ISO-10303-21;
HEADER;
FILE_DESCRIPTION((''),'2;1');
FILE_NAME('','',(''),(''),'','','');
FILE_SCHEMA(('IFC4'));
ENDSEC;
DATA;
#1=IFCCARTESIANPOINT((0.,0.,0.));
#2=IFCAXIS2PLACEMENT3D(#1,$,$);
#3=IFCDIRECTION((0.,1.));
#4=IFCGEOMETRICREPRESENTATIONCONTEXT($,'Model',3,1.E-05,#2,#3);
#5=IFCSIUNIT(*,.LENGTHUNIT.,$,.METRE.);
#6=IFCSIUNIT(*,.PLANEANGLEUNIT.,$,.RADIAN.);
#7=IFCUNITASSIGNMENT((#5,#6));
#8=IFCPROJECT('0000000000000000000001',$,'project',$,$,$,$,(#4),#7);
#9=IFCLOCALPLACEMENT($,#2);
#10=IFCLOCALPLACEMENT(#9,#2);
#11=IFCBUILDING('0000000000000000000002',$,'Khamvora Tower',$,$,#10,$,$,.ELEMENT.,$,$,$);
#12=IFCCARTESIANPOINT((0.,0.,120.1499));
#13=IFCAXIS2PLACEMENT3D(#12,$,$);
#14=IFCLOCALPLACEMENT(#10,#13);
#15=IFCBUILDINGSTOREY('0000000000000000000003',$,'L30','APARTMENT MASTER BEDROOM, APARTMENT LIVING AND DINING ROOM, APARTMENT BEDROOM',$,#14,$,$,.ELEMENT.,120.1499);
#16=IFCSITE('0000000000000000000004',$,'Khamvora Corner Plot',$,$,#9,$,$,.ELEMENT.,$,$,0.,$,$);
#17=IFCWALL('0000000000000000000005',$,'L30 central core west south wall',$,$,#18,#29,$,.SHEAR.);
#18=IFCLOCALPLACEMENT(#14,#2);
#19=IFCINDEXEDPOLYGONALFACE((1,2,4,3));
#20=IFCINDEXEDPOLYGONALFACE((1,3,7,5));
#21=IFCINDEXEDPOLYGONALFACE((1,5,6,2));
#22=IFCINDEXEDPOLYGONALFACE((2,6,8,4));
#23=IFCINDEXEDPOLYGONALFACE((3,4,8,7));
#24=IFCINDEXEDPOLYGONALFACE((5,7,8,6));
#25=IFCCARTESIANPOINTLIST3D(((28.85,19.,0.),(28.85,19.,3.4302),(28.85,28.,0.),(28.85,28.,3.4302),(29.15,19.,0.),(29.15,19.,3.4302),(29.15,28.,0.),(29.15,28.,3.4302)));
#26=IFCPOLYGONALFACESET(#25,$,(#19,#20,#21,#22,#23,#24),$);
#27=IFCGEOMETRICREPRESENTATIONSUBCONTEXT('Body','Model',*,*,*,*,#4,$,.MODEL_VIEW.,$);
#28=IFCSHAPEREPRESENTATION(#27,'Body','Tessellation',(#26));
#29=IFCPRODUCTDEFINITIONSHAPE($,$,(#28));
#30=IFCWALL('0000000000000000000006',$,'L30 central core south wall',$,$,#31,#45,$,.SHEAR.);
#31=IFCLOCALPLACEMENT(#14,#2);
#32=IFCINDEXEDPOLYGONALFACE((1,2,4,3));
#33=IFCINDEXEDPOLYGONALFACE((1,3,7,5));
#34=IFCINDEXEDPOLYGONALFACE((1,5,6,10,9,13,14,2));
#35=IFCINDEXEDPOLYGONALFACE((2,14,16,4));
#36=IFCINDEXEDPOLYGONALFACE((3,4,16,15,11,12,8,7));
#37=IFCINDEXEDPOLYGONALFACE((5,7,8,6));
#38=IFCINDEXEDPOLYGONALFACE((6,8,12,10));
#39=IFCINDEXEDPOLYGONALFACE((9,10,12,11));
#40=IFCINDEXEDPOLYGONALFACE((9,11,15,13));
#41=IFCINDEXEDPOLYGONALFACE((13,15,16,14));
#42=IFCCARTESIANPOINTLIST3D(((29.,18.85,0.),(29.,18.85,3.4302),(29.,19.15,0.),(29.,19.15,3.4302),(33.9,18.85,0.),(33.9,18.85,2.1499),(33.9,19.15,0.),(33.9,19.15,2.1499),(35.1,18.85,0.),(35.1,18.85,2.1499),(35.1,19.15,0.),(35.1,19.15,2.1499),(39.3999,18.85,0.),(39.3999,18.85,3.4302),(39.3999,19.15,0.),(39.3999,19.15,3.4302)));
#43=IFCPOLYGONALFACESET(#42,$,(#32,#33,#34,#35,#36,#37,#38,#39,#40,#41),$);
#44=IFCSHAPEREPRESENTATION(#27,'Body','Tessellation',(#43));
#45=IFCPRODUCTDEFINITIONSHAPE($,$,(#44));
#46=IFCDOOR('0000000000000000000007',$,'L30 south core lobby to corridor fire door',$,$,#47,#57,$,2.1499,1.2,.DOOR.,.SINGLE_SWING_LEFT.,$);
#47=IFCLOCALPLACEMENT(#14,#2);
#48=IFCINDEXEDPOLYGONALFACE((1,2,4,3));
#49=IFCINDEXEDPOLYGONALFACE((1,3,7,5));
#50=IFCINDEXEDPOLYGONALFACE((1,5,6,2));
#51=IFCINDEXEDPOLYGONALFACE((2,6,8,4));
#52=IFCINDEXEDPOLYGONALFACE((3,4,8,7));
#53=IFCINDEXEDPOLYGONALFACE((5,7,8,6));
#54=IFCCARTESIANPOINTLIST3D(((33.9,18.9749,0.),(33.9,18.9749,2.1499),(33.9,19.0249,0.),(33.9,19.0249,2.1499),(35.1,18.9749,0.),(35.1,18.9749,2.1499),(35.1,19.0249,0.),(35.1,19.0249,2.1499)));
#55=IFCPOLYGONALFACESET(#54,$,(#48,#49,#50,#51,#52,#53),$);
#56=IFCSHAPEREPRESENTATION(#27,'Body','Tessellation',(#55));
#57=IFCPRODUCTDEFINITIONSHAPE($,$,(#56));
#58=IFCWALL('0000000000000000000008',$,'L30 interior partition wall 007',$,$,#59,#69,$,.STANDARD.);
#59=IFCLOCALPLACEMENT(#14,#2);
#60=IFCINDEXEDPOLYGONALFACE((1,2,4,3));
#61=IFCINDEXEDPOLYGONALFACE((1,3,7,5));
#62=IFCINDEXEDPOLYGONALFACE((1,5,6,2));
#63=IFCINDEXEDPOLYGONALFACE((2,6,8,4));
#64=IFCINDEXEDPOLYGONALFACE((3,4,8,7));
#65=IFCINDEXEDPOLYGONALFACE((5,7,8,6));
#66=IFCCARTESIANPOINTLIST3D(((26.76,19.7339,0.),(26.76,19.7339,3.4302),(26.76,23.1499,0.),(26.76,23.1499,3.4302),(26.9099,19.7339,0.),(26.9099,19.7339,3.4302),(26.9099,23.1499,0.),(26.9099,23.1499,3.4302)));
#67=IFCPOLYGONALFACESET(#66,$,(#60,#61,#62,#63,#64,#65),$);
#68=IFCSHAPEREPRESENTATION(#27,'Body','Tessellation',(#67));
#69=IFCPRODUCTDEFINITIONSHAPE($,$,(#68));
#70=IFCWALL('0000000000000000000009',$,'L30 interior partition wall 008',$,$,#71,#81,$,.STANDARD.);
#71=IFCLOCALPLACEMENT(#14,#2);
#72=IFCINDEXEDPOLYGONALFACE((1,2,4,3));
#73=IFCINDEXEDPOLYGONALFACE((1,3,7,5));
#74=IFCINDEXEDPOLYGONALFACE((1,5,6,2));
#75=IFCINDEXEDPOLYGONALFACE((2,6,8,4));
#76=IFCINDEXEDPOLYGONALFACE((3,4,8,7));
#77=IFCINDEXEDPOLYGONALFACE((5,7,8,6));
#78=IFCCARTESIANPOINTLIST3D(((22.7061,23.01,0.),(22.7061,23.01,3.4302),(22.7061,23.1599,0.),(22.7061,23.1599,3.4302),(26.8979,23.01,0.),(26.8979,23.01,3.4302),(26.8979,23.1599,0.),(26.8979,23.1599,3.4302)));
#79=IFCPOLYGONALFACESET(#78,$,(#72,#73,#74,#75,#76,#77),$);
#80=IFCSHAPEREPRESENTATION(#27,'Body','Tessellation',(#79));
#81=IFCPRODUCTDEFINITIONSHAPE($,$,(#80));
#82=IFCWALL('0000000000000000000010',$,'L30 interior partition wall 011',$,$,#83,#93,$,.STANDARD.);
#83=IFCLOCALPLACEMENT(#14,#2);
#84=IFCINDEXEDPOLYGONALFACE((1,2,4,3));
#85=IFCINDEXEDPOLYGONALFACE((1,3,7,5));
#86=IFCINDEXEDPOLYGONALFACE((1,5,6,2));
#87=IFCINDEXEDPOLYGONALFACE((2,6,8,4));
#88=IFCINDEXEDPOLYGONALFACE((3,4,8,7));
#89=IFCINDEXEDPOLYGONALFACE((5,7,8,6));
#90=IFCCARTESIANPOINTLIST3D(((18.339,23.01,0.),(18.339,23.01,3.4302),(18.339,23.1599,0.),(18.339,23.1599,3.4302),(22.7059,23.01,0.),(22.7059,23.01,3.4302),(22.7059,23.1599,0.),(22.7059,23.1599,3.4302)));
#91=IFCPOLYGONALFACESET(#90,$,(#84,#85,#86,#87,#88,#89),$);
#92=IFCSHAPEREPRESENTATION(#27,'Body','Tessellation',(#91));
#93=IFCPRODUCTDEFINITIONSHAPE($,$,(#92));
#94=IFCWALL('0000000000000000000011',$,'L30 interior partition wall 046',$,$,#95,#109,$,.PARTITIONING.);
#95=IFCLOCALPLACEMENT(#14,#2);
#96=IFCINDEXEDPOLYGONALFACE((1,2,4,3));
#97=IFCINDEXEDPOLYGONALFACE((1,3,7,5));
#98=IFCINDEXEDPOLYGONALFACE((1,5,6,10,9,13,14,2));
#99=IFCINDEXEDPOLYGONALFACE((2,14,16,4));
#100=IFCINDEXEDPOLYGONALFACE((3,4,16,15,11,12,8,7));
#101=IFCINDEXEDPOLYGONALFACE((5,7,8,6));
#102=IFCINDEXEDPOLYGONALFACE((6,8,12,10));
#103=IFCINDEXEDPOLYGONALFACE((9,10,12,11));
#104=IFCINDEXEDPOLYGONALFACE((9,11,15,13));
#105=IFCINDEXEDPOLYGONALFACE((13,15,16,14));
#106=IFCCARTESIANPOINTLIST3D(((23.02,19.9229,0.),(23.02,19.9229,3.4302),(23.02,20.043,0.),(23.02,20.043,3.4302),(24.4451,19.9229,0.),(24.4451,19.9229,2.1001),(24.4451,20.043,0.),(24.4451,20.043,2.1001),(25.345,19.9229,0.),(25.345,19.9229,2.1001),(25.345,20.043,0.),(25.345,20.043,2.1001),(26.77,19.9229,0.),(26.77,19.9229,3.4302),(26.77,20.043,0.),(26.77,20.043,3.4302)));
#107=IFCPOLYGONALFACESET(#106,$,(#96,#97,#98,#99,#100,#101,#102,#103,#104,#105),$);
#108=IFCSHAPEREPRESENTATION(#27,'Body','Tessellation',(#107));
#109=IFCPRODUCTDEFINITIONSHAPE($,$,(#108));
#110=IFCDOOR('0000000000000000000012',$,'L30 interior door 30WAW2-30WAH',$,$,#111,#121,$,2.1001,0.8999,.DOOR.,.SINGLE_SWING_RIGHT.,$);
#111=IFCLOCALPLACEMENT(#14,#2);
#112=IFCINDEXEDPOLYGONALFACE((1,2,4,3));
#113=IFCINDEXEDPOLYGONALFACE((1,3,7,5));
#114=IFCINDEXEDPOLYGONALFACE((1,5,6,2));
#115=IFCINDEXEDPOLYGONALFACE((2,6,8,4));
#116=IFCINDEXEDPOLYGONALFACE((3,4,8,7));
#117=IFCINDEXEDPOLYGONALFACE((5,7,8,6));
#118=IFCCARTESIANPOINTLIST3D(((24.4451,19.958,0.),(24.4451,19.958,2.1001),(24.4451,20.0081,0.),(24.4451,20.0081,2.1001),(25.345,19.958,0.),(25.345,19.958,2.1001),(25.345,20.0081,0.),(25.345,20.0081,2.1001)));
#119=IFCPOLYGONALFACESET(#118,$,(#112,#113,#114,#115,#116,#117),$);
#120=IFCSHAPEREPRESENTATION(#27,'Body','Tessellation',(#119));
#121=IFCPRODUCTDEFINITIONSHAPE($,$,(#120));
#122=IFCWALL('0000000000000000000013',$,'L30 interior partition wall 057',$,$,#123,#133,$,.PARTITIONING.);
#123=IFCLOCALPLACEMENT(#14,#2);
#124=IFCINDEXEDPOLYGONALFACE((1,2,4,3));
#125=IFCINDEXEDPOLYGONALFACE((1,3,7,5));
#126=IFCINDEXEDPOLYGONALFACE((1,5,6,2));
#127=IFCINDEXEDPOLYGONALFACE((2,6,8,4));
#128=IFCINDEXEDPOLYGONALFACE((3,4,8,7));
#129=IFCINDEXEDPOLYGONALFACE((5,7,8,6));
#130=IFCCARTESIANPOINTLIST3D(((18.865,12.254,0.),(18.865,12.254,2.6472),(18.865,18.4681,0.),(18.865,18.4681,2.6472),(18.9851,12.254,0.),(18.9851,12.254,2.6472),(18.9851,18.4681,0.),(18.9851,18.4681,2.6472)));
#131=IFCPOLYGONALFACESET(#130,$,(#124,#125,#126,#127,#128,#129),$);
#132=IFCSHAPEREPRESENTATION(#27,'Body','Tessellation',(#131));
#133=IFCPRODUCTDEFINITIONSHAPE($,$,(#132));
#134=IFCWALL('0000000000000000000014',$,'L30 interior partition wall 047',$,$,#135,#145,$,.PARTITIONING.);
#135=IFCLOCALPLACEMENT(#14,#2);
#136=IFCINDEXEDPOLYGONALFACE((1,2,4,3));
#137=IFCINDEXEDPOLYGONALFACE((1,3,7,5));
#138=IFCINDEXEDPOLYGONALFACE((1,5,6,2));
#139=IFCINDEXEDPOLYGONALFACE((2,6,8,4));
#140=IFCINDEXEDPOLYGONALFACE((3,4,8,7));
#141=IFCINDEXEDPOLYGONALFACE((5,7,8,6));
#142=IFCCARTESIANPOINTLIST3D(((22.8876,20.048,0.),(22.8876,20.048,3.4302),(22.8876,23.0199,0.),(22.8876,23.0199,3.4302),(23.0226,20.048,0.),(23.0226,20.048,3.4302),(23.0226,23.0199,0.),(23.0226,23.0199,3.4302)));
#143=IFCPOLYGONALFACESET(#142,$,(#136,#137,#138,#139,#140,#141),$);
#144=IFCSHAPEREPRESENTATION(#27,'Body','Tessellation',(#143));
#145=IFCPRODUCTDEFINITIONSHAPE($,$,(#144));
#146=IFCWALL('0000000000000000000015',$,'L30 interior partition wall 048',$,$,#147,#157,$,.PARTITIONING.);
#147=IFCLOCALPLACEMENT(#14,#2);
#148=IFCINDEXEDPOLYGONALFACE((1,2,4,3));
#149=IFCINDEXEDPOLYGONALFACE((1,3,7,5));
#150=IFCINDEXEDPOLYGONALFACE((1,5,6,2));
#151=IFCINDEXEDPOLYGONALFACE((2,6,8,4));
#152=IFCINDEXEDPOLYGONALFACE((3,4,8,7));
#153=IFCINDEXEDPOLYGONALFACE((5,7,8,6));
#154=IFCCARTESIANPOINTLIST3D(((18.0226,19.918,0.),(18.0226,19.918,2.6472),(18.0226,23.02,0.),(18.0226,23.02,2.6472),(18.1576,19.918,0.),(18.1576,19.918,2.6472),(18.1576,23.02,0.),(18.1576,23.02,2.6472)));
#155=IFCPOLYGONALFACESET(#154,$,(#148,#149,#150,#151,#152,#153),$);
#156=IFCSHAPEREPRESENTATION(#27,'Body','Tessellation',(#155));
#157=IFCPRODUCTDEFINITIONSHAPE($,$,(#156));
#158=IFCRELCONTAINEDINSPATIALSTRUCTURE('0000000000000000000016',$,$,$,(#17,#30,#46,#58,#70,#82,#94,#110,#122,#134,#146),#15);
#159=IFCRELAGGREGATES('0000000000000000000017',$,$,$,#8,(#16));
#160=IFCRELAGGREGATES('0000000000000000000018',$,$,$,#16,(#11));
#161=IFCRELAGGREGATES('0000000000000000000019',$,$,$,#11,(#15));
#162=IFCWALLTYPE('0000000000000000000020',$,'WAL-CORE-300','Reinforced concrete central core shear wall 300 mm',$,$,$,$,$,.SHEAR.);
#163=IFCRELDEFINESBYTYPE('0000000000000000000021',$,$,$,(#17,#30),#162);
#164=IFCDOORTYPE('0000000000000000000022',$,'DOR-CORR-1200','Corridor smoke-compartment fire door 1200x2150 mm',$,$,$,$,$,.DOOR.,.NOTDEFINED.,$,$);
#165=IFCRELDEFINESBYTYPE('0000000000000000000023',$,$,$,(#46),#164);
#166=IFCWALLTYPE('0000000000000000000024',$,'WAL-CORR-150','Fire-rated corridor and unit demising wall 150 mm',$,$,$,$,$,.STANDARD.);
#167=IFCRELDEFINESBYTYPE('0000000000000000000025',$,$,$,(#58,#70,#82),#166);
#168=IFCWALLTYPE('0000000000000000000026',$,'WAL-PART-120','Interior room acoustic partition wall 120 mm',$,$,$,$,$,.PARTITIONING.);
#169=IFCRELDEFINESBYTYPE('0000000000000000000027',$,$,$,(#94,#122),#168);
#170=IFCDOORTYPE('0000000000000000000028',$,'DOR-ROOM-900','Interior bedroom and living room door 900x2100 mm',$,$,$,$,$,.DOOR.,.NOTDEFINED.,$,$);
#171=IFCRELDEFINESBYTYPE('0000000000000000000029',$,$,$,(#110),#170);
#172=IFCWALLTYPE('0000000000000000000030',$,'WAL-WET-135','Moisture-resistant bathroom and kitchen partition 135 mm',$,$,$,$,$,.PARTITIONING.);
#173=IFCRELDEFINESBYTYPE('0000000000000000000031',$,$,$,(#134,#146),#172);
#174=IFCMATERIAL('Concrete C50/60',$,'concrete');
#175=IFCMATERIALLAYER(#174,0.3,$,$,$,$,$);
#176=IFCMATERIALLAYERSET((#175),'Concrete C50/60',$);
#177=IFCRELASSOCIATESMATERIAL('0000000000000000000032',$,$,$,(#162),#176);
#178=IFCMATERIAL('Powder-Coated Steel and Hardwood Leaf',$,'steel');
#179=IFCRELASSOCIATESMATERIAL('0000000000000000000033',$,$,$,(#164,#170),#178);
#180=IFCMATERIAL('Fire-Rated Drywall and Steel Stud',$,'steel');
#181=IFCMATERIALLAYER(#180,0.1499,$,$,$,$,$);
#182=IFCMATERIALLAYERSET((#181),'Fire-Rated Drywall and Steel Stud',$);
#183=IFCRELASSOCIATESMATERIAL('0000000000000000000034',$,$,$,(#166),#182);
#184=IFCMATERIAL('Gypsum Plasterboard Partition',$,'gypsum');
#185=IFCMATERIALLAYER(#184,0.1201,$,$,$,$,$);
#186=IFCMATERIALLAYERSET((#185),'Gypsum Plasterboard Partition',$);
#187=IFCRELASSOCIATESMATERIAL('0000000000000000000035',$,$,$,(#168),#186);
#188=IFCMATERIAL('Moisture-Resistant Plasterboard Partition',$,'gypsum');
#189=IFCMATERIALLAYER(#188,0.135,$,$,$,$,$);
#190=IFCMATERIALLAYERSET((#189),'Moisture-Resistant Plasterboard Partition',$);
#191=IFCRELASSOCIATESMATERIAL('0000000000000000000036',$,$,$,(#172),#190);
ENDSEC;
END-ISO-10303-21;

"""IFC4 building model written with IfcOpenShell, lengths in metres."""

from ifc_helpers import new_model, si_unit, direction, frame, frame_2d, origin, place, context, subcontext, project, spatial, rectangle, extrude, material, layer, layer_set, type_object, element, fill, save


model = new_model("IFC4")

# Units and contexts
model_context = context("Model", 3, precision=1e-05, world=origin(), true_north=direction((0.0, 1.0)))
body_context = subcontext(model_context, "Body", "Model", "MODEL_VIEW")
ifc_project = project(units=[si_unit("LENGTHUNIT", "METRE"), si_unit("PLANEANGLEUNIT", "RADIAN")], contexts=[model_context])

# Site, building, storey
site_placement = place(None, origin())
site = spatial("IfcSite", under=ifc_project, at=site_placement, Name="Khamvora Corner Plot", CompositionType="ELEMENT", RefElevation=0.0)
building_placement = place(site_placement, origin())
building = spatial("IfcBuilding", under=site, at=building_placement, Name="Khamvora Tower", CompositionType="ELEMENT")
storey_placement = place(building_placement, frame((0.0, 0.0, 120.1499)))
storey = spatial("IfcBuildingStorey", under=building, at=storey_placement, Name="L30", Description="APARTMENT MASTER BEDROOM, APARTMENT LIVING AND DINING ROOM, APARTMENT BEDROOM", CompositionType="ELEMENT", Elevation=120.1499)

# Wall
ifc_material_1 = material(Name="Concrete C50/60", Category="concrete")
ifc_layer_1 = layer(ifc_material_1, 0.3)
ifc_layer_set_1 = layer_set([ifc_layer_1], Name="Concrete C50/60")
wall_type_1 = type_object("IfcWallType", Name="WAL-CORE-300", Description="Reinforced concrete central core shear wall 300 mm", PredefinedType="SHEAR", material=ifc_layer_set_1)
wall_1_placement = place(storey_placement, frame((29.0, 19.0, 0.0), z_axis=(0.0, 0.0, 1.0), x_axis=(0.0, 1.0, 0.0)))
element("IfcWall", 1, at=wall_1_placement, inside=storey, type_object=wall_type_1, Name="L30 central core west south wall", PredefinedType="SHEAR", context=body_context, shape_type="SweptSolid", body=[
    extrude(rectangle(XDim=9.0, YDim=0.3, at=frame_2d((4.5, 0.0))), origin(), (0.0, 0.0, 1.0), 3.4302),
])

# Wall, opening, door
wall_2_placement = place(storey_placement, frame((29.0, 19.0, 0.0), z_axis=(0.0, 0.0, 1.0), x_axis=(1.0, 0.0, 0.0)))
wall_2 = element("IfcWall", 2, at=wall_2_placement, inside=storey, type_object=wall_type_1, Name="L30 central core south wall", PredefinedType="SHEAR", context=body_context, shape_type="SweptSolid", body=[
    extrude(rectangle(XDim=10.3999, YDim=0.3, at=frame_2d((5.2, 0.0))), origin(), (0.0, 0.0, 1.0), 3.4302),
])
opening_1_placement = place(wall_2_placement, frame((4.8999, 0.0, 0.0)))
opening_1 = element("IfcOpeningElement", 3, at=opening_1_placement, cuts=wall_2, PredefinedType="OPENING", context=body_context, shape_type="SweptSolid", body=[
    extrude(rectangle(XDim=1.2, YDim=2.1499, at=frame_2d((0.6001, 1.075))), frame((0.0, 0.1599, 0.0), z_axis=(0.0, -1.0, 0.0), x_axis=(1.0, 0.0, 0.0)), (0.0, 0.0, 1.0), 0.3201),
])
ifc_material_2 = material(Name="Powder-Coated Steel and Hardwood Leaf", Category="steel")
door_type_1 = type_object("IfcDoorType", Name="DOR-CORR-1200", Description="Corridor smoke-compartment fire door 1200x2150 mm", OperationType="NOTDEFINED", PredefinedType="DOOR", material=ifc_material_2)
door_1_placement = place(opening_1_placement, origin())
door_1 = element("IfcDoor", 4, at=door_1_placement, inside=storey, type_object=door_type_1, Name="L30 south core lobby to corridor fire door", OperationType="SINGLE_SWING_LEFT", OverallHeight=2.1499, OverallWidth=1.2, PredefinedType="DOOR", context=body_context, shape_type="SweptSolid", body=[
    extrude(rectangle(XDim=1.2, YDim=2.1499, at=frame_2d((0.6001, 1.075))), frame((0.0, 0.0249, 0.0), z_axis=(0.0, -1.0, 0.0), x_axis=(1.0, 0.0, 0.0)), (0.0, 0.0, 1.0), 0.05),
])
fill(opening_1, door_1)

# Walls
ifc_material_3 = material(Name="Fire-Rated Drywall and Steel Stud", Category="steel")
ifc_layer_2 = layer(ifc_material_3, 0.1499)
ifc_layer_set_2 = layer_set([ifc_layer_2], Name="Fire-Rated Drywall and Steel Stud")
wall_type_2 = type_object("IfcWallType", Name="WAL-CORR-150", Description="Fire-rated corridor and unit demising wall 150 mm", PredefinedType="STANDARD", material=ifc_layer_set_2)
wall_3_placement = place(storey_placement, frame((26.835, 19.7339, 0.0), z_axis=(0.0, 0.0, 1.0), x_axis=(0.0, 1.0, 0.0)))
element("IfcWall", 5, at=wall_3_placement, inside=storey, type_object=wall_type_2, Name="L30 interior partition wall 007", PredefinedType="STANDARD", context=body_context, shape_type="SweptSolid", body=[
    extrude(rectangle(XDim=3.416, YDim=0.1499, at=frame_2d((1.708, 0.0))), origin(), (0.0, 0.0, 1.0), 3.4302),
])
wall_4_placement = place(storey_placement, frame((26.8979, 23.085, 0.0), z_axis=(0.0, 0.0, 1.0), x_axis=(-1.0, 0.0, 0.0)))
element("IfcWall", 6, at=wall_4_placement, inside=storey, type_object=wall_type_2, Name="L30 interior partition wall 008", PredefinedType="STANDARD", context=body_context, shape_type="SweptSolid", body=[
    extrude(rectangle(XDim=4.1919, YDim=0.1499, at=frame_2d((2.0959, 0.0))), origin(), (0.0, 0.0, 1.0), 3.4302),
])

# Wall
wall_5_placement = place(storey_placement, frame((22.7061, 23.085, 0.0), z_axis=(0.0, 0.0, 1.0), x_axis=(-1.0, 0.0, 0.0)))
element("IfcWall", 7, at=wall_5_placement, inside=storey, type_object=wall_type_2, Name="L30 interior partition wall 011", PredefinedType="STANDARD", context=body_context, shape_type="SweptSolid", body=[
    extrude(rectangle(XDim=4.3669, YDim=0.1499, at=frame_2d((2.1836, 0.0))), origin(), (0.0, 0.0, 1.0), 3.4302),
])

# Wall, opening, door
ifc_material_4 = material(Name="Gypsum Plasterboard Partition", Category="gypsum")
ifc_layer_3 = layer(ifc_material_4, 0.1201)
ifc_layer_set_3 = layer_set([ifc_layer_3], Name="Gypsum Plasterboard Partition")
wall_type_3 = type_object("IfcWallType", Name="WAL-PART-120", Description="Interior room acoustic partition wall 120 mm", PredefinedType="PARTITIONING", material=ifc_layer_set_3)
wall_6_placement = place(storey_placement, frame((26.77, 19.9829, 0.0), z_axis=(0.0, 0.0, 1.0), x_axis=(-1.0, 0.0, 0.0)))
wall_6 = element("IfcWall", 8, at=wall_6_placement, inside=storey, type_object=wall_type_3, Name="L30 interior partition wall 046", PredefinedType="PARTITIONING", context=body_context, shape_type="SweptSolid", body=[
    extrude(rectangle(XDim=3.75, YDim=0.1201, at=frame_2d((1.875, 0.0))), origin(), (0.0, 0.0, 1.0), 3.4302),
])
opening_2_placement = place(wall_6_placement, frame((1.425, 0.0, 0.0)))
opening_2 = element("IfcOpeningElement", 9, at=opening_2_placement, cuts=wall_6, PredefinedType="OPENING", context=body_context, shape_type="SweptSolid", body=[
    extrude(rectangle(XDim=0.8999, YDim=2.1001, at=frame_2d((0.45, 1.05))), frame((0.0, 0.0701, 0.0), z_axis=(0.0, -1.0, 0.0), x_axis=(1.0, 0.0, 0.0)), (0.0, 0.0, 1.0), 0.1401),
])
door_type_2 = type_object("IfcDoorType", Name="DOR-ROOM-900", Description="Interior bedroom and living room door 900x2100 mm", OperationType="NOTDEFINED", PredefinedType="DOOR", material=ifc_material_2)
door_2_placement = place(opening_2_placement, origin())
door_2 = element("IfcDoor", 10, at=door_2_placement, inside=storey, type_object=door_type_2, Name="L30 interior door 30WAW2-30WAH", OperationType="SINGLE_SWING_RIGHT", OverallHeight=2.1001, OverallWidth=0.8999, PredefinedType="DOOR", context=body_context, shape_type="SweptSolid", body=[
    extrude(rectangle(XDim=0.8999, YDim=2.1001, at=frame_2d((0.45, 1.05))), frame((0.0, 0.0249, 0.0), z_axis=(0.0, -1.0, 0.0), x_axis=(1.0, 0.0, 0.0)), (0.0, 0.0, 1.0), 0.05),
])
fill(opening_2, door_2)

# Walls
wall_7_placement = place(storey_placement, frame((18.925, 18.468, 0.0), z_axis=(0.0, 0.0, 1.0), x_axis=(0.0, -1.0, 0.0)))
element("IfcWall", 11, at=wall_7_placement, inside=storey, type_object=wall_type_3, Name="L30 interior partition wall 057", PredefinedType="PARTITIONING", context=body_context, shape_type="SweptSolid", body=[
    extrude(rectangle(XDim=6.2141, YDim=0.1201, at=frame_2d((3.1069, 0.0))), origin(), (0.0, 0.0, 1.0), 2.6472),
])
ifc_material_5 = material(Name="Moisture-Resistant Plasterboard Partition", Category="gypsum")
ifc_layer_4 = layer(ifc_material_5, 0.135)
ifc_layer_set_4 = layer_set([ifc_layer_4], Name="Moisture-Resistant Plasterboard Partition")
wall_type_4 = type_object("IfcWallType", Name="WAL-WET-135", Description="Moisture-resistant bathroom and kitchen partition 135 mm", PredefinedType="PARTITIONING", material=ifc_layer_set_4)
wall_8_placement = place(storey_placement, frame((22.9551, 20.0481, 0.0), z_axis=(0.0, 0.0, 1.0), x_axis=(0.0, 1.0, 0.0)))
element("IfcWall", 12, at=wall_8_placement, inside=storey, type_object=wall_type_4, Name="L30 interior partition wall 047", PredefinedType="PARTITIONING", context=body_context, shape_type="SweptSolid", body=[
    extrude(rectangle(XDim=2.9719, YDim=0.135, at=frame_2d((1.4858, 0.0))), origin(), (0.0, 0.0, 1.0), 3.4302),
])
wall_9_placement = place(storey_placement, frame((18.0901, 23.02, 0.0), z_axis=(0.0, 0.0, 1.0), x_axis=(0.0, -1.0, 0.0)))
element("IfcWall", 13, at=wall_9_placement, inside=storey, type_object=wall_type_4, Name="L30 interior partition wall 048", PredefinedType="PARTITIONING", context=body_context, shape_type="SweptSolid", body=[
    extrude(rectangle(XDim=3.1021, YDim=0.135, at=frame_2d((1.551, 0.0))), origin(), (0.0, 0.0, 1.0), 2.6472),
])

save(model, "model.ifc")
